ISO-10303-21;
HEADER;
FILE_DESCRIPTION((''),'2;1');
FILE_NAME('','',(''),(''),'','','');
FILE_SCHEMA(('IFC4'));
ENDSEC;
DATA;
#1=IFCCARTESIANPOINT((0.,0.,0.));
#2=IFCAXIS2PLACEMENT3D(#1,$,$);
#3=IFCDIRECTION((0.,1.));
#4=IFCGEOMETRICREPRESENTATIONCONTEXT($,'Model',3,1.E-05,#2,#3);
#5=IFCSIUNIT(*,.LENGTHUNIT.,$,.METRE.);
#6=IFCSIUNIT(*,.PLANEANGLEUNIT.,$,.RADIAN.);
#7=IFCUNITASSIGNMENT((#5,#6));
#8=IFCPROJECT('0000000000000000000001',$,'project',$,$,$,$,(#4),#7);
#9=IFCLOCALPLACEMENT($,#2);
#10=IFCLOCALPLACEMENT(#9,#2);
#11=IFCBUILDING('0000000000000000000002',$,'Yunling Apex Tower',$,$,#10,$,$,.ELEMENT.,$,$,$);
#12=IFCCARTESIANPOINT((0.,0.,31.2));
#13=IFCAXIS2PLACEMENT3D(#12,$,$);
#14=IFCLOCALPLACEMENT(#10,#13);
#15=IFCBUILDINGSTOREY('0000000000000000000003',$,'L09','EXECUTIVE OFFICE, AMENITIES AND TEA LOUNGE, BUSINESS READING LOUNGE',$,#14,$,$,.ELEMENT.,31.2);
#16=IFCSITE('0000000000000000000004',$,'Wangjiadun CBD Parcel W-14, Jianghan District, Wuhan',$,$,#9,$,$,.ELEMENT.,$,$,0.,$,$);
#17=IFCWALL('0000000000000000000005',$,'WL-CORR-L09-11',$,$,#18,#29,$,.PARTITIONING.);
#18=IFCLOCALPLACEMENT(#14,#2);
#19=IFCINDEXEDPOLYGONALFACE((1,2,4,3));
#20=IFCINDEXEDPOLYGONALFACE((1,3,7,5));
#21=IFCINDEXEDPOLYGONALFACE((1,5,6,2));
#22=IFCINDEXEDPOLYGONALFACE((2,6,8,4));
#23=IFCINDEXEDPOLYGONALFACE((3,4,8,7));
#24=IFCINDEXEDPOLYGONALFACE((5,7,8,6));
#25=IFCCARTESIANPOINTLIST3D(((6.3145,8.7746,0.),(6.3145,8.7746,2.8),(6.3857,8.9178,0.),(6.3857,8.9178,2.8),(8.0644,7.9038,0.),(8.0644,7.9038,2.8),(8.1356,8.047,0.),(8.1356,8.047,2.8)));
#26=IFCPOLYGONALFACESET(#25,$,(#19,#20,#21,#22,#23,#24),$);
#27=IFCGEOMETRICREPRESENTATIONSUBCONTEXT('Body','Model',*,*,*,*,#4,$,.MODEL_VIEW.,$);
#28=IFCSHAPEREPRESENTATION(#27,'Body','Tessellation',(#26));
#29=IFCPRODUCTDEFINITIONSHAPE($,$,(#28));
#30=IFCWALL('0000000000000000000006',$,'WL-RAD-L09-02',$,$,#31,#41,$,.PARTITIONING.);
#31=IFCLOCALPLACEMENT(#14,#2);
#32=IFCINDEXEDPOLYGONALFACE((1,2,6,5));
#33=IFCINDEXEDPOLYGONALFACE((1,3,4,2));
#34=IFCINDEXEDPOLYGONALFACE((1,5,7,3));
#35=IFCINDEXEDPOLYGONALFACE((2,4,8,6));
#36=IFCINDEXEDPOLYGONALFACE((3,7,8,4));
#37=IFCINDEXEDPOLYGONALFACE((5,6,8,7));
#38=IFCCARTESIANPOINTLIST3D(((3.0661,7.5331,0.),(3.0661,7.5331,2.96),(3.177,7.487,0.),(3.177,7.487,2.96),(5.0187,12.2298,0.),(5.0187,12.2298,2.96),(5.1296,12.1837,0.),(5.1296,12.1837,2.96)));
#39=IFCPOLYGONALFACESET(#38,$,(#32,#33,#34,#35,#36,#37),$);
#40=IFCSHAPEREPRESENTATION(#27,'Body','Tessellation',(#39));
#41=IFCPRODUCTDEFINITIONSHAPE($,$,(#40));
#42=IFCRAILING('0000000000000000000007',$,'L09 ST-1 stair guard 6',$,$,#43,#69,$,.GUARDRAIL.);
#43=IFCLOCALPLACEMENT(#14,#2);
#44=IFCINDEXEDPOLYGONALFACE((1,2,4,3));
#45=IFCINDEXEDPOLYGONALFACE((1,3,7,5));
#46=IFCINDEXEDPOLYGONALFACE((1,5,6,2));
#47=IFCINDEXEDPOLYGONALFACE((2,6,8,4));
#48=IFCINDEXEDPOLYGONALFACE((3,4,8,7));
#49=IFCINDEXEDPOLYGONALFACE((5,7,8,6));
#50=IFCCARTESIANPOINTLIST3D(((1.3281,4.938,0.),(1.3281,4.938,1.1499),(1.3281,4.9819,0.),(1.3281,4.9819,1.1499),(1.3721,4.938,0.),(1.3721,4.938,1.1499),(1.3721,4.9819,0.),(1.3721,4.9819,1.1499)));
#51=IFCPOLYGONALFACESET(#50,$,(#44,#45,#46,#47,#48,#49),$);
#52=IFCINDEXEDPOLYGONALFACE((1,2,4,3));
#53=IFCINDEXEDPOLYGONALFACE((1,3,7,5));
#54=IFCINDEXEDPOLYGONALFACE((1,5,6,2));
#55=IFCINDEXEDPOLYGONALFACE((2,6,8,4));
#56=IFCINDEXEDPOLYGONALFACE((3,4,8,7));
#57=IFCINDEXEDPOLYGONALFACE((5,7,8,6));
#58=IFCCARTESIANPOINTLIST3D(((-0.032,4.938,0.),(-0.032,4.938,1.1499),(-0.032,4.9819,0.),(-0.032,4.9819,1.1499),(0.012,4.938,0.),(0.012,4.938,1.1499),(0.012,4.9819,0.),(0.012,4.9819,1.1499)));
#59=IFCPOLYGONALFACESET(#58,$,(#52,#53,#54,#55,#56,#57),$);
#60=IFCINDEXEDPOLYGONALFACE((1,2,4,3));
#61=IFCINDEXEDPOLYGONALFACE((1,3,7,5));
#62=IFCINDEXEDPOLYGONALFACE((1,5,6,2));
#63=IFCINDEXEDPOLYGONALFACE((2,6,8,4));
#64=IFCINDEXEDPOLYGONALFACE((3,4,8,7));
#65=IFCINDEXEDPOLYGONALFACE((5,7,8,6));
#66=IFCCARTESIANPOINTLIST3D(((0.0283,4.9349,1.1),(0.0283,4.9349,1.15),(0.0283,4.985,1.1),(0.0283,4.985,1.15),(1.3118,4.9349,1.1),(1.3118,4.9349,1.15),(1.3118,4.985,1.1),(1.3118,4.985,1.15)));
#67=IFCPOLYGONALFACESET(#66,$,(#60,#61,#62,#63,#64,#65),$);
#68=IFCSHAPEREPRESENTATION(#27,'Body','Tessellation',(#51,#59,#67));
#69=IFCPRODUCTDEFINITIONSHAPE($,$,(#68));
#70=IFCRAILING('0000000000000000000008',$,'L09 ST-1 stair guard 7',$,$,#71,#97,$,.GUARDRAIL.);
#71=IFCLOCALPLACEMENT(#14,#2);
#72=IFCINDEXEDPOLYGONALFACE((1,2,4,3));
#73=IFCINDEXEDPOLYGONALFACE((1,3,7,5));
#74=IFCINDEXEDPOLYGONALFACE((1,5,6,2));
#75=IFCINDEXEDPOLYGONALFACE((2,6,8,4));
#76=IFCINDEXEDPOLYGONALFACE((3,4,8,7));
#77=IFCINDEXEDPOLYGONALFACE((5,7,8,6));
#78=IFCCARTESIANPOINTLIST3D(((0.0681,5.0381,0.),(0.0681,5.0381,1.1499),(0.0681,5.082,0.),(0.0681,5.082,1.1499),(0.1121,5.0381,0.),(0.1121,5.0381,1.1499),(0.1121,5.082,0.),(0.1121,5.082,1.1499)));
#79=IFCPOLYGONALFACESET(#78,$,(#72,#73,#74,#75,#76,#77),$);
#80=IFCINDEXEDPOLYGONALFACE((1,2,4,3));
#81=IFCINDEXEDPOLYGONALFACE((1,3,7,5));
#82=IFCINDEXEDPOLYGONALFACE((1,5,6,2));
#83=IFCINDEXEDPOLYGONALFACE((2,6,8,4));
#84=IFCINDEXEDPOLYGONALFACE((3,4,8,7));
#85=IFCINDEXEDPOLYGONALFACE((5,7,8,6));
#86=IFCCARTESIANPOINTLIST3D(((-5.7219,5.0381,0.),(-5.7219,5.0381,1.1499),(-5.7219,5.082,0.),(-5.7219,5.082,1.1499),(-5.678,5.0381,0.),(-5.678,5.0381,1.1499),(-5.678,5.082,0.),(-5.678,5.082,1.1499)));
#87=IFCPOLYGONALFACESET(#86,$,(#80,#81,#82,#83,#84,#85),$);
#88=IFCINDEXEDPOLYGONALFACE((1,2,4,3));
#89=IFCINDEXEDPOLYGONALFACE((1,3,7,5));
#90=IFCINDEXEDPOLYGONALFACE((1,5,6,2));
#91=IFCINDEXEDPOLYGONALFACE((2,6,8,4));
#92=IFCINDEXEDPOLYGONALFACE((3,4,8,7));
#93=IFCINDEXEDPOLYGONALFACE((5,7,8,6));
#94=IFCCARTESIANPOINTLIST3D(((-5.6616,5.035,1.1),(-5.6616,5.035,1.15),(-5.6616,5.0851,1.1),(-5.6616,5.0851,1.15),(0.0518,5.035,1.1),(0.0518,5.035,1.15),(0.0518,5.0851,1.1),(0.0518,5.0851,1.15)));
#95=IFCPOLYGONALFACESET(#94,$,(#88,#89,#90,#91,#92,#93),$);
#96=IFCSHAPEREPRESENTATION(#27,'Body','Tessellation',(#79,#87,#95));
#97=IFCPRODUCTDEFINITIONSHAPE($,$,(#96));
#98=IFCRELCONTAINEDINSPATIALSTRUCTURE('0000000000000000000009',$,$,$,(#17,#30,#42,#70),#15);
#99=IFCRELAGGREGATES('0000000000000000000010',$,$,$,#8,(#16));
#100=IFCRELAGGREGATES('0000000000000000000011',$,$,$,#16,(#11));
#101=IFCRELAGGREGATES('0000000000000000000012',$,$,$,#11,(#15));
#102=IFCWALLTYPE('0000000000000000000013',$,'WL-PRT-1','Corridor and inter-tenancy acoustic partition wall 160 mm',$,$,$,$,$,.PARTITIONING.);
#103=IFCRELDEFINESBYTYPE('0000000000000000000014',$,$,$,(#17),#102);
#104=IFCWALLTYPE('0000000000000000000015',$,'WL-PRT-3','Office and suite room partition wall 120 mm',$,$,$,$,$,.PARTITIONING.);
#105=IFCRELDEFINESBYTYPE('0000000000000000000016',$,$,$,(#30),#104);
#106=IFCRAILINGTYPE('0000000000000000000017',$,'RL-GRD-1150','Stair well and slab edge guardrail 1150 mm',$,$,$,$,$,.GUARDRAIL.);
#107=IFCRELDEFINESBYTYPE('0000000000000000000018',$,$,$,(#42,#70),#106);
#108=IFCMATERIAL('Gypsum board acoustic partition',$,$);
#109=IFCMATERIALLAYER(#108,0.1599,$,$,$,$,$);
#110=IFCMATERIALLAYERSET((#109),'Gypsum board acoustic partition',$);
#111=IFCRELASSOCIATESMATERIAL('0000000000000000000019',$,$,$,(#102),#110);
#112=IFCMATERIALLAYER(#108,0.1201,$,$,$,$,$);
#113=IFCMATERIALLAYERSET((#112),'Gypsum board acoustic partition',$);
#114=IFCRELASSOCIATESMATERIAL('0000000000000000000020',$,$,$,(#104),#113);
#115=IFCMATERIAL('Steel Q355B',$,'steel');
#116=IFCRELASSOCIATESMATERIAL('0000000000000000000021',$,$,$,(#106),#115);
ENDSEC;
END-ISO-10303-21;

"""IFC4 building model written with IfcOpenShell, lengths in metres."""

from ifc_helpers import new_model, si_unit, direction, frame, frame_2d, origin, origin_2d, place, context, subcontext, project, spatial, rectangle, extrude, material, layer, layer_set, type_object, element, save


model = new_model("IFC4")

# Units and contexts
model_context = context("Model", 3, precision=1e-05, world=origin(), true_north=direction((0.0, 1.0)))
body_context = subcontext(model_context, "Body", "Model", "MODEL_VIEW")
ifc_project = project(units=[si_unit("LENGTHUNIT", "METRE"), si_unit("PLANEANGLEUNIT", "RADIAN")], contexts=[model_context])

# Site, building, storey
site_placement = place(None, origin())
site = spatial("IfcSite", under=ifc_project, at=site_placement, Name="Wangjiadun CBD Parcel W-14, Jianghan District, Wuhan", CompositionType="ELEMENT", RefElevation=0.0)
building_placement = place(site_placement, origin())
building = spatial("IfcBuilding", under=site, at=building_placement, Name="Yunling Apex Tower", CompositionType="ELEMENT")
storey_placement = place(building_placement, frame((0.0, 0.0, 31.2)))
storey = spatial("IfcBuildingStorey", under=building, at=storey_placement, Name="L09", Description="EXECUTIVE OFFICE, AMENITIES AND TEA LOUNGE, BUSINESS READING LOUNGE", CompositionType="ELEMENT", Elevation=31.2)

# Shared definitions
ifc_material_1 = material(Name="Steel Q355B", Category="steel")

# Walls
ifc_material_2 = material(Name="Gypsum board acoustic partition")
ifc_layer_1 = layer(ifc_material_2, 0.1599)
ifc_layer_set_1 = layer_set([ifc_layer_1], Name="Gypsum board acoustic partition")
wall_type_1 = type_object("IfcWallType", Name="WL-PRT-1", Description="Corridor and inter-tenancy acoustic partition wall 160 mm", PredefinedType="PARTITIONING", material=ifc_layer_set_1)
wall_1_placement = place(storey_placement, frame((6.3501, 8.8462, 0.0), z_axis=(0.0, 0.0, 1.0), x_axis=(0.895275, -0.445514, 0.0)))
element("IfcWall", 1, at=wall_1_placement, inside=storey, type_object=wall_type_1, Name="WL-CORR-L09-11", PredefinedType="PARTITIONING", context=body_context, shape_type="SweptSolid", body=[
    extrude(rectangle(XDim=1.9546, YDim=0.1599, at=frame_2d((0.9773, 0.0))), origin(), (0.0, 0.0, 1.0), 2.8),
])
ifc_layer_2 = layer(ifc_material_2, 0.1201)
ifc_layer_set_2 = layer_set([ifc_layer_2], Name="Gypsum board acoustic partition")
wall_type_2 = type_object("IfcWallType", Name="WL-PRT-3", Description="Office and suite room partition wall 120 mm", PredefinedType="PARTITIONING", material=ifc_layer_set_2)
wall_2_placement = place(storey_placement, frame((3.1216, 7.51, 0.0), z_axis=(0.0, 0.0, 1.0), x_axis=(0.383886, 0.923381, 0.0)))
element("IfcWall", 2, at=wall_2_placement, inside=storey, type_object=wall_type_2, Name="WL-RAD-L09-02", PredefinedType="PARTITIONING", context=body_context, shape_type="SweptSolid", body=[
    extrude(rectangle(XDim=5.0864, YDim=0.1201, at=frame_2d((2.5432, 0.0))), origin(), (0.0, 0.0, 1.0), 2.96),
])

# Railings
railing_type = type_object("IfcRailingType", Name="RL-GRD-1150", Description="Stair well and slab edge guardrail 1150 mm", PredefinedType="GUARDRAIL", material=ifc_material_1)
railing_1_placement = place(storey_placement, frame((1.3501, 4.96, 0.0)))
element("IfcRailing", 3, at=railing_1_placement, inside=storey, type_object=railing_type, Name="L09 ST-1 stair guard 6", PredefinedType="GUARDRAIL", context=body_context, shape_type="SweptSolid", body=[
    extrude(rectangle(XDim=0.0439, YDim=0.0439, at=origin_2d()), origin(), (0.0, 0.0, 1.0), 1.1499),
    extrude(rectangle(XDim=0.0439, YDim=0.0439, at=origin_2d()), frame((-1.3601, 0.0, 0.0)), (0.0, 0.0, 1.0), 1.1499),
    extrude(rectangle(XDim=0.05, YDim=0.05, at=origin_2d()), frame((-0.0383, 0.0, 1.125), z_axis=(-1.0, 0.0, 0.0), x_axis=(0.0, -1.0, 0.0)), (0.0, 0.0, 1.0), 1.2834),
])
railing_2_placement = place(storey_placement, frame((0.0901, 5.0601, 0.0)))
element("IfcRailing", 4, at=railing_2_placement, inside=storey, type_object=railing_type, Name="L09 ST-1 stair guard 7", PredefinedType="GUARDRAIL", context=body_context, shape_type="SweptSolid", body=[
    extrude(rectangle(XDim=0.0439, YDim=0.0439, at=origin_2d()), origin(), (0.0, 0.0, 1.0), 1.1499),
    extrude(rectangle(XDim=0.0439, YDim=0.0439, at=origin_2d()), frame((-5.79, 0.0, 0.0)), (0.0, 0.0, 1.0), 1.1499),
    extrude(rectangle(XDim=0.05, YDim=0.05, at=origin_2d()), frame((-0.0383, 0.0, 1.125), z_axis=(-1.0, 0.0, 0.0), x_axis=(0.0, -1.0, 0.0)), (0.0, 0.0, 1.0), 5.7134),
])

save(model, "model.ifc")
